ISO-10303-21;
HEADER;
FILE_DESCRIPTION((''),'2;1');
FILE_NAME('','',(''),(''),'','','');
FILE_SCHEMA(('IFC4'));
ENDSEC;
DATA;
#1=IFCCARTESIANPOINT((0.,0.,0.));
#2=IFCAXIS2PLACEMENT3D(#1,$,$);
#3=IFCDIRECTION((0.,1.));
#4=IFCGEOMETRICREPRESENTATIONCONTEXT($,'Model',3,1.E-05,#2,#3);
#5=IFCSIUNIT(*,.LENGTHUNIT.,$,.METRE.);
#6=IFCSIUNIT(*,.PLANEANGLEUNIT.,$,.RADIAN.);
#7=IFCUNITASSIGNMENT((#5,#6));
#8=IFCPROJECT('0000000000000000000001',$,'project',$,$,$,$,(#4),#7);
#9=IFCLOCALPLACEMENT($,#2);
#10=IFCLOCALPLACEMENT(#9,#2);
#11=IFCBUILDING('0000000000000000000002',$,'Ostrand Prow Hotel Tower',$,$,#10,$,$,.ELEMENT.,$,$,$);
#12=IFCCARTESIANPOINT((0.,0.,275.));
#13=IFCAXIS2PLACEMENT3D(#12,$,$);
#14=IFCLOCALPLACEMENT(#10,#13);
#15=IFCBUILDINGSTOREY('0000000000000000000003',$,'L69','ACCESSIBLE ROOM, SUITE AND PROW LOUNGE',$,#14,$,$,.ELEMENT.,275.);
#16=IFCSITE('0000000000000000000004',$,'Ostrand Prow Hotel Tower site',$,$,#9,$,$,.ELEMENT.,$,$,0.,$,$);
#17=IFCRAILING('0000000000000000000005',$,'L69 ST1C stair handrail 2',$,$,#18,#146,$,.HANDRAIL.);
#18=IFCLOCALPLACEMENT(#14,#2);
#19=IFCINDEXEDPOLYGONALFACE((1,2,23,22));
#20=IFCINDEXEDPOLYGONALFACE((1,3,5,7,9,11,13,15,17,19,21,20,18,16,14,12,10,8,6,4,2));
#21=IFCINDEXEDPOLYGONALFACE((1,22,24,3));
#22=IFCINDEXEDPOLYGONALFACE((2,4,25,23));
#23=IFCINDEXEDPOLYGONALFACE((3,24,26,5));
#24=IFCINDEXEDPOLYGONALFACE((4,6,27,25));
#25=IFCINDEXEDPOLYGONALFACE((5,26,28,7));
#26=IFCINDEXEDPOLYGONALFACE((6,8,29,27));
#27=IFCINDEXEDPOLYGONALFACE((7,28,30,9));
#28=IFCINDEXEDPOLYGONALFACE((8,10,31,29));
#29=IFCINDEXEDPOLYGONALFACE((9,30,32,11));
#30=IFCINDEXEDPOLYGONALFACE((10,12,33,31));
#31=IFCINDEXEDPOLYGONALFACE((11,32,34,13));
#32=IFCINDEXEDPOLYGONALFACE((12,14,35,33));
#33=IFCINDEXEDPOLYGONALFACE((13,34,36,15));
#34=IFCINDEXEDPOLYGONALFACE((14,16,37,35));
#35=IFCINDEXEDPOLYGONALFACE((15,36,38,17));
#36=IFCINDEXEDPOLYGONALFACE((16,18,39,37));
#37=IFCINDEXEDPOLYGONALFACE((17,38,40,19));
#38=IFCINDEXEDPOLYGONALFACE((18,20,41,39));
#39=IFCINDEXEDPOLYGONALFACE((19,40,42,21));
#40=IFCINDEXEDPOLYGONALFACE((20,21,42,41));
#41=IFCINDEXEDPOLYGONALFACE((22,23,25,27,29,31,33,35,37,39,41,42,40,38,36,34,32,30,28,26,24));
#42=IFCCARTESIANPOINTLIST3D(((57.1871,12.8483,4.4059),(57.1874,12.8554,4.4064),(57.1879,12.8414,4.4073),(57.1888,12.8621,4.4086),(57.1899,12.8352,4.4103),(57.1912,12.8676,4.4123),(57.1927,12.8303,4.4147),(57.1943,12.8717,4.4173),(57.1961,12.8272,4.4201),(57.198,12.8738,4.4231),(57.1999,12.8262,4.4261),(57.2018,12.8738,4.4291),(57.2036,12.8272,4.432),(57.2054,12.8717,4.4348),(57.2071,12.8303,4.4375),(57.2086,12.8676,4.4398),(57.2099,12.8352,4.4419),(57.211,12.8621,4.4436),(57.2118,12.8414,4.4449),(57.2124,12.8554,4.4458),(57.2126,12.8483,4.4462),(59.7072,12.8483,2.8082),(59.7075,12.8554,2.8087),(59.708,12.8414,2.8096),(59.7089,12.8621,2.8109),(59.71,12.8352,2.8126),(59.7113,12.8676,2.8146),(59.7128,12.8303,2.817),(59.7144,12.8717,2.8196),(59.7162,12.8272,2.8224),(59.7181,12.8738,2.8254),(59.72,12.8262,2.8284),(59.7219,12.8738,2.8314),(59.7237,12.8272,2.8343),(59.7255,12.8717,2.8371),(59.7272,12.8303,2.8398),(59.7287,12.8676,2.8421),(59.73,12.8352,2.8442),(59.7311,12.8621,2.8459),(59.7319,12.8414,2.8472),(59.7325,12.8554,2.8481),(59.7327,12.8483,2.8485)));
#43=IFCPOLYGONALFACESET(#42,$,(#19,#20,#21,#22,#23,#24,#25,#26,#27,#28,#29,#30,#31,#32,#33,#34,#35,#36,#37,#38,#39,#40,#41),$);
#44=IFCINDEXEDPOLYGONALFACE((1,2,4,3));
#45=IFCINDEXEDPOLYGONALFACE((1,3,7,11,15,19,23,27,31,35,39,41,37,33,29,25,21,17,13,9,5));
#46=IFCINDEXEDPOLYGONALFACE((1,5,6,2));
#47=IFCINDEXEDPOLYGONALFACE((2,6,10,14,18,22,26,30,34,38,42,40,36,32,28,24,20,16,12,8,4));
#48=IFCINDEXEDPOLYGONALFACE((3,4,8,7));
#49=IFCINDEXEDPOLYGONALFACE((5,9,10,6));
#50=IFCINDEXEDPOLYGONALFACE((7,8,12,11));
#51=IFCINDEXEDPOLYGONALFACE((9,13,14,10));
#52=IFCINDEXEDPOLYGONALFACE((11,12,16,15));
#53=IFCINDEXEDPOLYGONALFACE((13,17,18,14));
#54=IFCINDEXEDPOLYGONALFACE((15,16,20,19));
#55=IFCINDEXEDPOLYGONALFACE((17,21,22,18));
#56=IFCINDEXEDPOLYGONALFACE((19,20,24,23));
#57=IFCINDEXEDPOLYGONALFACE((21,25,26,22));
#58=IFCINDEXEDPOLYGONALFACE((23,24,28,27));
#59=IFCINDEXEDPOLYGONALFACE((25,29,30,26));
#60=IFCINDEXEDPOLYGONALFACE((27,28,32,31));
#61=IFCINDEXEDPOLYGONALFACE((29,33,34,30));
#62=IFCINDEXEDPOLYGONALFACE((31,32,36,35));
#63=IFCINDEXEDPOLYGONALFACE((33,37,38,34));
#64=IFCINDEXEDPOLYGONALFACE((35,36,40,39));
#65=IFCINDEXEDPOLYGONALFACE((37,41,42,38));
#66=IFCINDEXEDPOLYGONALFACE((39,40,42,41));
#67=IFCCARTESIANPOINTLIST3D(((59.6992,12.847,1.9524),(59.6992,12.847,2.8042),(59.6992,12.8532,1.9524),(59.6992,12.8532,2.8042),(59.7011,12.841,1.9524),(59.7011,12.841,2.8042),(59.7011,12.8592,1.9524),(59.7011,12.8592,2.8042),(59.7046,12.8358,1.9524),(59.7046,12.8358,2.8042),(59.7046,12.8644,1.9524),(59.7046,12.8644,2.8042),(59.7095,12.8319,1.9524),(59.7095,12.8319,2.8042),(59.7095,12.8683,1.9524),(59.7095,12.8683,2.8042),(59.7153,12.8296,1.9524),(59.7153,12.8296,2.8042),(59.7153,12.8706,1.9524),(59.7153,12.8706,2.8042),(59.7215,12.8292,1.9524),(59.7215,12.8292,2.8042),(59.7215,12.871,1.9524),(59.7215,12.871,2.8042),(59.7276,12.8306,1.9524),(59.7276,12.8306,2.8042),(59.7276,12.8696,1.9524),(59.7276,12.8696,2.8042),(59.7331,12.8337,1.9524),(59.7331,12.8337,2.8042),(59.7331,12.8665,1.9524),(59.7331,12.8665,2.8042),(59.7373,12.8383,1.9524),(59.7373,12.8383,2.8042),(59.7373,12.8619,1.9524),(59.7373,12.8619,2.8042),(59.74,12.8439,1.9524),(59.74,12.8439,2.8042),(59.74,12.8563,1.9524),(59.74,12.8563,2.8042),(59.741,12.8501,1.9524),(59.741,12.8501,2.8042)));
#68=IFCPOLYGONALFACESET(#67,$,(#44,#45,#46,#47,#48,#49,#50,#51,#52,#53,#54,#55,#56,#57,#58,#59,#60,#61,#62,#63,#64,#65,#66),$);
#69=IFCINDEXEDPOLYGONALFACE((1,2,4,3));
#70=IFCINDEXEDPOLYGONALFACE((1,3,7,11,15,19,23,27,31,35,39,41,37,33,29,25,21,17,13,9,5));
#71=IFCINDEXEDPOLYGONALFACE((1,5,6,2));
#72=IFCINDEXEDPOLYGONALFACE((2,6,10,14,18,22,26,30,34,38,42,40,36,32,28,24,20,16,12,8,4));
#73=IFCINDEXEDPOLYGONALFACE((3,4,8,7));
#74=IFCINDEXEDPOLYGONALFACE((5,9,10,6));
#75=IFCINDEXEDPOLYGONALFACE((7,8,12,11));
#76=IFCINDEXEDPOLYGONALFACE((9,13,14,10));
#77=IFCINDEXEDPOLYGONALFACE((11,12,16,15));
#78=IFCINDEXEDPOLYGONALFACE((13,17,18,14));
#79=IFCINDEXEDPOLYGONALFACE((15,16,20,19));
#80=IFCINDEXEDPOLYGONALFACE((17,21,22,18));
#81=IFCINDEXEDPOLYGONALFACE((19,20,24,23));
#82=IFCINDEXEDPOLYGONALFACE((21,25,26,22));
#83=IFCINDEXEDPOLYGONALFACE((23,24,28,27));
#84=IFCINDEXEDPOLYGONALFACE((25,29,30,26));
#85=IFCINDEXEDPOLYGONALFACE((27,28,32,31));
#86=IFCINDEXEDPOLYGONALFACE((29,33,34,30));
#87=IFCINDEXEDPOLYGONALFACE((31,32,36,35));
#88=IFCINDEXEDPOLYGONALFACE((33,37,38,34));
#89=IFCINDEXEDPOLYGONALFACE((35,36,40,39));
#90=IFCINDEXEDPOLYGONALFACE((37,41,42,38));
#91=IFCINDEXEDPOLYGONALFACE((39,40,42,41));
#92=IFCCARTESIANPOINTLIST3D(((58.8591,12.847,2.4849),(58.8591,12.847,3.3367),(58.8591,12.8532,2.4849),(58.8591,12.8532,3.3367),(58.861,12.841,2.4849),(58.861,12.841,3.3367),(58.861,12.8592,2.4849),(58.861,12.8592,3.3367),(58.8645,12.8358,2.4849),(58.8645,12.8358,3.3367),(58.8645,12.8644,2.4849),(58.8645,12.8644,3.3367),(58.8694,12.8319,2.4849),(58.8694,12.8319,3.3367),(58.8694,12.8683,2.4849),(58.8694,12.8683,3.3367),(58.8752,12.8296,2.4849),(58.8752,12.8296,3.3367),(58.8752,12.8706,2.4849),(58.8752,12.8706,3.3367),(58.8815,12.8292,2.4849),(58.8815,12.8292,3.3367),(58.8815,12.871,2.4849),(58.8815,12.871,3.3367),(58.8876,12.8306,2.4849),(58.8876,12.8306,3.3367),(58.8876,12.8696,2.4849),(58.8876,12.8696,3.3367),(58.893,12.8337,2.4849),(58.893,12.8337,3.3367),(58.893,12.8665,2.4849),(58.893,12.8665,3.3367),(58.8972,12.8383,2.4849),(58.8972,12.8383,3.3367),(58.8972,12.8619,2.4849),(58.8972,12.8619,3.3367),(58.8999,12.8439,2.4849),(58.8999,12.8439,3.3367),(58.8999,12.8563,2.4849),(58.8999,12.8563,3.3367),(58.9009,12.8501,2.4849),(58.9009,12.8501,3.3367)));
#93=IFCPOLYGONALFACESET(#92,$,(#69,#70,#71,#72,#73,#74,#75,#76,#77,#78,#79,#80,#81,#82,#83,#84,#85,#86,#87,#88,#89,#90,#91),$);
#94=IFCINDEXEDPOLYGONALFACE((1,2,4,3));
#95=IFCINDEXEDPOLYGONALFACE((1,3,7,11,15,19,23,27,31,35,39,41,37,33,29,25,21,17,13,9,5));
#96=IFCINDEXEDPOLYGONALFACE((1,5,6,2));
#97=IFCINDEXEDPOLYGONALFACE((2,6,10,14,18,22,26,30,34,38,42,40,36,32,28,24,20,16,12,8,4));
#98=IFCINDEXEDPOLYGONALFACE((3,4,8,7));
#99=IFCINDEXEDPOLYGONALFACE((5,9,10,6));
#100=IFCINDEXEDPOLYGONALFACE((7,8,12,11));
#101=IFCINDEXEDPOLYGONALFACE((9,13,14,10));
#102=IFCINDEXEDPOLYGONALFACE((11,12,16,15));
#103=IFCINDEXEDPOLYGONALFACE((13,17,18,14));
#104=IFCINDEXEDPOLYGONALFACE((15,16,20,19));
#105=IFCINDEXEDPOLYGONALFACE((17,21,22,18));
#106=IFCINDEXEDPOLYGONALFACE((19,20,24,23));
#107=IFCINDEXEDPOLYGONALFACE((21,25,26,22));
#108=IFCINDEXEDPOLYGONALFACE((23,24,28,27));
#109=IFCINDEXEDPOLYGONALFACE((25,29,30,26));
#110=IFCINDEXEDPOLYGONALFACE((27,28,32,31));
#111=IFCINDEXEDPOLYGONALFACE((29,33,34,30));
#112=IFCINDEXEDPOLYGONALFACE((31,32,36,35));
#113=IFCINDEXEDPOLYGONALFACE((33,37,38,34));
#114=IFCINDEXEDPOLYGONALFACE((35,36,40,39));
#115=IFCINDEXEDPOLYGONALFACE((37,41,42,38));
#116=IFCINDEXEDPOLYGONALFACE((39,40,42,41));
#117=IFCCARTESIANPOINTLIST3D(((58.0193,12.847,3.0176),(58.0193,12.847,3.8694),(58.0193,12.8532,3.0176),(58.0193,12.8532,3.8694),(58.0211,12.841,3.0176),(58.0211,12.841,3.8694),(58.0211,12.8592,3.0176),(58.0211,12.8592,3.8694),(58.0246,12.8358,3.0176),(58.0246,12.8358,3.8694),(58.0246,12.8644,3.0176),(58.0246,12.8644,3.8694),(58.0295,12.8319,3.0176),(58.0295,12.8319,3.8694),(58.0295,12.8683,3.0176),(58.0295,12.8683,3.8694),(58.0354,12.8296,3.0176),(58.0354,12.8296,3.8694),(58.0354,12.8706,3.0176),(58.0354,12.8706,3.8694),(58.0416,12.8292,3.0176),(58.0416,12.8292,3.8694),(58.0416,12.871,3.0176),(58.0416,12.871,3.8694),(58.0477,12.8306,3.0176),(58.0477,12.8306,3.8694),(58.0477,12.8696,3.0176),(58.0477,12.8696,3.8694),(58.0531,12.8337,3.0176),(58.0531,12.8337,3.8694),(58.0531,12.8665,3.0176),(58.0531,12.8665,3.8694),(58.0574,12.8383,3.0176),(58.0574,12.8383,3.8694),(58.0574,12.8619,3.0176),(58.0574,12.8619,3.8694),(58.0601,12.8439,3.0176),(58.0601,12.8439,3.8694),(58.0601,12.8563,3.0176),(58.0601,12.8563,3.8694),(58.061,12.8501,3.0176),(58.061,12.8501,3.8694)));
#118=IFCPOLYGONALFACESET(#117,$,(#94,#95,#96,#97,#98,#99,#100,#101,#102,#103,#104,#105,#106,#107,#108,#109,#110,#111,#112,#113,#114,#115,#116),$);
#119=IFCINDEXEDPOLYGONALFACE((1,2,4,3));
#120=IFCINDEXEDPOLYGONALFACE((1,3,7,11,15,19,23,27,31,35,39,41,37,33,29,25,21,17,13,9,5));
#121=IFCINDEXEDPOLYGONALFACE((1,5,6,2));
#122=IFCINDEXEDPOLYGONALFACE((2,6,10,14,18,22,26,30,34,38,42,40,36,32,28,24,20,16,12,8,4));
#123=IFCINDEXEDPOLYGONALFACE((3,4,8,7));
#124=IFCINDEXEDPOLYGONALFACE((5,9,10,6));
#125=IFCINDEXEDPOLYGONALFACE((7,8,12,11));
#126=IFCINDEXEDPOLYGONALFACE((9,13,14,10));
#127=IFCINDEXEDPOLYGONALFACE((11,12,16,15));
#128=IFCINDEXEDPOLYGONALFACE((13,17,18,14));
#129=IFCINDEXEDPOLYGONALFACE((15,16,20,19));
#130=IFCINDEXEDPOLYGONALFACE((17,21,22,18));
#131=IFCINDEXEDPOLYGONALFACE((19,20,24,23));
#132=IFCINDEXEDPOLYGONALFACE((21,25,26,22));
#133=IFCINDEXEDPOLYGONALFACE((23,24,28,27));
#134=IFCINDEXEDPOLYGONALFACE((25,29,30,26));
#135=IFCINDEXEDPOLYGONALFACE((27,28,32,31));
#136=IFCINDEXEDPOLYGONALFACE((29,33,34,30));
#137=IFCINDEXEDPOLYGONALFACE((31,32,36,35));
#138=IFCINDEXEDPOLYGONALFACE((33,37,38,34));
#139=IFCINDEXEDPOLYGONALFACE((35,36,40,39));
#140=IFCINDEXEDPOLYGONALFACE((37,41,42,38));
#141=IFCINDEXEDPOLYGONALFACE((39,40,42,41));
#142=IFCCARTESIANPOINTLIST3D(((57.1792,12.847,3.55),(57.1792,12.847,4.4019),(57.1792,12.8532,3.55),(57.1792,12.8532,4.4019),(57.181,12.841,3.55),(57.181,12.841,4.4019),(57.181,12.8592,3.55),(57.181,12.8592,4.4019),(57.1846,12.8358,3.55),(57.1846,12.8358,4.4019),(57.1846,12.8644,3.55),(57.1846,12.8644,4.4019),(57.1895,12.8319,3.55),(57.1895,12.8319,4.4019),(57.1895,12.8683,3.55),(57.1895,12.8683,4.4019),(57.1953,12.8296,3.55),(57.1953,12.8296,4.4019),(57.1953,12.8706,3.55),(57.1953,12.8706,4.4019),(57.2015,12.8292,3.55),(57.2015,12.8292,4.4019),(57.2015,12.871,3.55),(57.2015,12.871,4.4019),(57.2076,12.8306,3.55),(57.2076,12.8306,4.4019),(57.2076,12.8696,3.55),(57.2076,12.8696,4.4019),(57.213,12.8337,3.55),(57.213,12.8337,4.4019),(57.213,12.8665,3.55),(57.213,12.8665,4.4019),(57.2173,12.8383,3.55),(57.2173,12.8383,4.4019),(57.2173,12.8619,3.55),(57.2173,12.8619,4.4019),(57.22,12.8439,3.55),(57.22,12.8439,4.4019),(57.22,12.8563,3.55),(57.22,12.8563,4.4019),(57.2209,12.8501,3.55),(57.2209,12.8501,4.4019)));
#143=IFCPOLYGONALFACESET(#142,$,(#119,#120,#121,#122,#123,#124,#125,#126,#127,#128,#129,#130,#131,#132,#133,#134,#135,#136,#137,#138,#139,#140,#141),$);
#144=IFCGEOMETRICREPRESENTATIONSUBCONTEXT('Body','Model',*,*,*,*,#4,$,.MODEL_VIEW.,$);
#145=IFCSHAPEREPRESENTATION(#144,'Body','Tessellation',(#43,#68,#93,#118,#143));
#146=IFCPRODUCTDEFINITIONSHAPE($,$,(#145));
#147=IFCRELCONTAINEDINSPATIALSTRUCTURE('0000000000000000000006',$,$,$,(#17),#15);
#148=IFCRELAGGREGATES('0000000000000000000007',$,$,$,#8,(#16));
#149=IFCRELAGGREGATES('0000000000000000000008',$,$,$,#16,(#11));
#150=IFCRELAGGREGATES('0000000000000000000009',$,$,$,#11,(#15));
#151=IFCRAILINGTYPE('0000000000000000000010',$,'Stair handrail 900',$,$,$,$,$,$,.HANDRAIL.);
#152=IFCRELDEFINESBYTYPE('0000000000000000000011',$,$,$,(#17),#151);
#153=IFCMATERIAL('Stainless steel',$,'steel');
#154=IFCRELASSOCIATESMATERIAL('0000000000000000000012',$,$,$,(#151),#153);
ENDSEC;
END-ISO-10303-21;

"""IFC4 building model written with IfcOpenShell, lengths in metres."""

from ifc_helpers import new_model, si_unit, direction, frame, origin, origin_2d, place, context, subcontext, project, spatial, circle, extrude, material, type_object, element, save


model = new_model("IFC4")

# Units and contexts
model_context = context("Model", 3, precision=1e-05, world=origin(), true_north=direction((0.0, 1.0)))
body_context = subcontext(model_context, "Body", "Model", "MODEL_VIEW")
ifc_project = project(units=[si_unit("LENGTHUNIT", "METRE"), si_unit("PLANEANGLEUNIT", "RADIAN")], contexts=[model_context])

# Site, building, storey
site_placement = place(None, origin())
site = spatial("IfcSite", under=ifc_project, at=site_placement, Name="Ostrand Prow Hotel Tower site", CompositionType="ELEMENT", RefElevation=0.0)
building_placement = place(site_placement, origin())
building = spatial("IfcBuilding", under=site, at=building_placement, Name="Ostrand Prow Hotel Tower", CompositionType="ELEMENT")
storey_placement = place(building_placement, frame((0.0, 0.0, 275.0)))
storey = spatial("IfcBuildingStorey", under=building, at=storey_placement, Name="L69", Description="ACCESSIBLE ROOM, SUITE AND PROW LOUNGE", CompositionType="ELEMENT", Elevation=275.0)

# Railing
ifc_material_1 = material(Name="Stainless steel", Category="steel")
railing_type_1 = type_object("IfcRailingType", Name="Stair handrail 900", PredefinedType="HANDRAIL", material=ifc_material_1)
railing_1_placement = place(storey_placement, frame((59.72, 12.8501, 1.9524)))
element("IfcRailing", 1, at=railing_1_placement, inside=storey, type_object=railing_type_1, Name="L69 ST1C stair handrail 2", PredefinedType="HANDRAIL", context=body_context, shape_type="SweptSolid", body=[
    extrude(circle(Radius=0.0239, at=origin_2d()), frame((0.0, 0.0, 0.876), z_axis=(-0.84457, 0.0, 0.535445), x_axis=(0.0, -1.0, 0.0)), (0.0, 0.0, 1.0), 2.9839),
    extrude(circle(Radius=0.021, at=origin_2d()), origin(), (0.0, 0.0, 1.0), 0.8518),
    extrude(circle(Radius=0.021, at=origin_2d()), frame((-0.8401, 0.0, 0.5325)), (0.0, 0.0, 1.0), 0.8518),
    extrude(circle(Radius=0.021, at=origin_2d()), frame((-1.6799, 0.0, 1.0652)), (0.0, 0.0, 1.0), 0.8518),
    extrude(circle(Radius=0.021, at=origin_2d()), frame((-2.52, 0.0, 1.5977)), (0.0, 0.0, 1.0), 0.8518),
])

save(model, "model.ifc")
